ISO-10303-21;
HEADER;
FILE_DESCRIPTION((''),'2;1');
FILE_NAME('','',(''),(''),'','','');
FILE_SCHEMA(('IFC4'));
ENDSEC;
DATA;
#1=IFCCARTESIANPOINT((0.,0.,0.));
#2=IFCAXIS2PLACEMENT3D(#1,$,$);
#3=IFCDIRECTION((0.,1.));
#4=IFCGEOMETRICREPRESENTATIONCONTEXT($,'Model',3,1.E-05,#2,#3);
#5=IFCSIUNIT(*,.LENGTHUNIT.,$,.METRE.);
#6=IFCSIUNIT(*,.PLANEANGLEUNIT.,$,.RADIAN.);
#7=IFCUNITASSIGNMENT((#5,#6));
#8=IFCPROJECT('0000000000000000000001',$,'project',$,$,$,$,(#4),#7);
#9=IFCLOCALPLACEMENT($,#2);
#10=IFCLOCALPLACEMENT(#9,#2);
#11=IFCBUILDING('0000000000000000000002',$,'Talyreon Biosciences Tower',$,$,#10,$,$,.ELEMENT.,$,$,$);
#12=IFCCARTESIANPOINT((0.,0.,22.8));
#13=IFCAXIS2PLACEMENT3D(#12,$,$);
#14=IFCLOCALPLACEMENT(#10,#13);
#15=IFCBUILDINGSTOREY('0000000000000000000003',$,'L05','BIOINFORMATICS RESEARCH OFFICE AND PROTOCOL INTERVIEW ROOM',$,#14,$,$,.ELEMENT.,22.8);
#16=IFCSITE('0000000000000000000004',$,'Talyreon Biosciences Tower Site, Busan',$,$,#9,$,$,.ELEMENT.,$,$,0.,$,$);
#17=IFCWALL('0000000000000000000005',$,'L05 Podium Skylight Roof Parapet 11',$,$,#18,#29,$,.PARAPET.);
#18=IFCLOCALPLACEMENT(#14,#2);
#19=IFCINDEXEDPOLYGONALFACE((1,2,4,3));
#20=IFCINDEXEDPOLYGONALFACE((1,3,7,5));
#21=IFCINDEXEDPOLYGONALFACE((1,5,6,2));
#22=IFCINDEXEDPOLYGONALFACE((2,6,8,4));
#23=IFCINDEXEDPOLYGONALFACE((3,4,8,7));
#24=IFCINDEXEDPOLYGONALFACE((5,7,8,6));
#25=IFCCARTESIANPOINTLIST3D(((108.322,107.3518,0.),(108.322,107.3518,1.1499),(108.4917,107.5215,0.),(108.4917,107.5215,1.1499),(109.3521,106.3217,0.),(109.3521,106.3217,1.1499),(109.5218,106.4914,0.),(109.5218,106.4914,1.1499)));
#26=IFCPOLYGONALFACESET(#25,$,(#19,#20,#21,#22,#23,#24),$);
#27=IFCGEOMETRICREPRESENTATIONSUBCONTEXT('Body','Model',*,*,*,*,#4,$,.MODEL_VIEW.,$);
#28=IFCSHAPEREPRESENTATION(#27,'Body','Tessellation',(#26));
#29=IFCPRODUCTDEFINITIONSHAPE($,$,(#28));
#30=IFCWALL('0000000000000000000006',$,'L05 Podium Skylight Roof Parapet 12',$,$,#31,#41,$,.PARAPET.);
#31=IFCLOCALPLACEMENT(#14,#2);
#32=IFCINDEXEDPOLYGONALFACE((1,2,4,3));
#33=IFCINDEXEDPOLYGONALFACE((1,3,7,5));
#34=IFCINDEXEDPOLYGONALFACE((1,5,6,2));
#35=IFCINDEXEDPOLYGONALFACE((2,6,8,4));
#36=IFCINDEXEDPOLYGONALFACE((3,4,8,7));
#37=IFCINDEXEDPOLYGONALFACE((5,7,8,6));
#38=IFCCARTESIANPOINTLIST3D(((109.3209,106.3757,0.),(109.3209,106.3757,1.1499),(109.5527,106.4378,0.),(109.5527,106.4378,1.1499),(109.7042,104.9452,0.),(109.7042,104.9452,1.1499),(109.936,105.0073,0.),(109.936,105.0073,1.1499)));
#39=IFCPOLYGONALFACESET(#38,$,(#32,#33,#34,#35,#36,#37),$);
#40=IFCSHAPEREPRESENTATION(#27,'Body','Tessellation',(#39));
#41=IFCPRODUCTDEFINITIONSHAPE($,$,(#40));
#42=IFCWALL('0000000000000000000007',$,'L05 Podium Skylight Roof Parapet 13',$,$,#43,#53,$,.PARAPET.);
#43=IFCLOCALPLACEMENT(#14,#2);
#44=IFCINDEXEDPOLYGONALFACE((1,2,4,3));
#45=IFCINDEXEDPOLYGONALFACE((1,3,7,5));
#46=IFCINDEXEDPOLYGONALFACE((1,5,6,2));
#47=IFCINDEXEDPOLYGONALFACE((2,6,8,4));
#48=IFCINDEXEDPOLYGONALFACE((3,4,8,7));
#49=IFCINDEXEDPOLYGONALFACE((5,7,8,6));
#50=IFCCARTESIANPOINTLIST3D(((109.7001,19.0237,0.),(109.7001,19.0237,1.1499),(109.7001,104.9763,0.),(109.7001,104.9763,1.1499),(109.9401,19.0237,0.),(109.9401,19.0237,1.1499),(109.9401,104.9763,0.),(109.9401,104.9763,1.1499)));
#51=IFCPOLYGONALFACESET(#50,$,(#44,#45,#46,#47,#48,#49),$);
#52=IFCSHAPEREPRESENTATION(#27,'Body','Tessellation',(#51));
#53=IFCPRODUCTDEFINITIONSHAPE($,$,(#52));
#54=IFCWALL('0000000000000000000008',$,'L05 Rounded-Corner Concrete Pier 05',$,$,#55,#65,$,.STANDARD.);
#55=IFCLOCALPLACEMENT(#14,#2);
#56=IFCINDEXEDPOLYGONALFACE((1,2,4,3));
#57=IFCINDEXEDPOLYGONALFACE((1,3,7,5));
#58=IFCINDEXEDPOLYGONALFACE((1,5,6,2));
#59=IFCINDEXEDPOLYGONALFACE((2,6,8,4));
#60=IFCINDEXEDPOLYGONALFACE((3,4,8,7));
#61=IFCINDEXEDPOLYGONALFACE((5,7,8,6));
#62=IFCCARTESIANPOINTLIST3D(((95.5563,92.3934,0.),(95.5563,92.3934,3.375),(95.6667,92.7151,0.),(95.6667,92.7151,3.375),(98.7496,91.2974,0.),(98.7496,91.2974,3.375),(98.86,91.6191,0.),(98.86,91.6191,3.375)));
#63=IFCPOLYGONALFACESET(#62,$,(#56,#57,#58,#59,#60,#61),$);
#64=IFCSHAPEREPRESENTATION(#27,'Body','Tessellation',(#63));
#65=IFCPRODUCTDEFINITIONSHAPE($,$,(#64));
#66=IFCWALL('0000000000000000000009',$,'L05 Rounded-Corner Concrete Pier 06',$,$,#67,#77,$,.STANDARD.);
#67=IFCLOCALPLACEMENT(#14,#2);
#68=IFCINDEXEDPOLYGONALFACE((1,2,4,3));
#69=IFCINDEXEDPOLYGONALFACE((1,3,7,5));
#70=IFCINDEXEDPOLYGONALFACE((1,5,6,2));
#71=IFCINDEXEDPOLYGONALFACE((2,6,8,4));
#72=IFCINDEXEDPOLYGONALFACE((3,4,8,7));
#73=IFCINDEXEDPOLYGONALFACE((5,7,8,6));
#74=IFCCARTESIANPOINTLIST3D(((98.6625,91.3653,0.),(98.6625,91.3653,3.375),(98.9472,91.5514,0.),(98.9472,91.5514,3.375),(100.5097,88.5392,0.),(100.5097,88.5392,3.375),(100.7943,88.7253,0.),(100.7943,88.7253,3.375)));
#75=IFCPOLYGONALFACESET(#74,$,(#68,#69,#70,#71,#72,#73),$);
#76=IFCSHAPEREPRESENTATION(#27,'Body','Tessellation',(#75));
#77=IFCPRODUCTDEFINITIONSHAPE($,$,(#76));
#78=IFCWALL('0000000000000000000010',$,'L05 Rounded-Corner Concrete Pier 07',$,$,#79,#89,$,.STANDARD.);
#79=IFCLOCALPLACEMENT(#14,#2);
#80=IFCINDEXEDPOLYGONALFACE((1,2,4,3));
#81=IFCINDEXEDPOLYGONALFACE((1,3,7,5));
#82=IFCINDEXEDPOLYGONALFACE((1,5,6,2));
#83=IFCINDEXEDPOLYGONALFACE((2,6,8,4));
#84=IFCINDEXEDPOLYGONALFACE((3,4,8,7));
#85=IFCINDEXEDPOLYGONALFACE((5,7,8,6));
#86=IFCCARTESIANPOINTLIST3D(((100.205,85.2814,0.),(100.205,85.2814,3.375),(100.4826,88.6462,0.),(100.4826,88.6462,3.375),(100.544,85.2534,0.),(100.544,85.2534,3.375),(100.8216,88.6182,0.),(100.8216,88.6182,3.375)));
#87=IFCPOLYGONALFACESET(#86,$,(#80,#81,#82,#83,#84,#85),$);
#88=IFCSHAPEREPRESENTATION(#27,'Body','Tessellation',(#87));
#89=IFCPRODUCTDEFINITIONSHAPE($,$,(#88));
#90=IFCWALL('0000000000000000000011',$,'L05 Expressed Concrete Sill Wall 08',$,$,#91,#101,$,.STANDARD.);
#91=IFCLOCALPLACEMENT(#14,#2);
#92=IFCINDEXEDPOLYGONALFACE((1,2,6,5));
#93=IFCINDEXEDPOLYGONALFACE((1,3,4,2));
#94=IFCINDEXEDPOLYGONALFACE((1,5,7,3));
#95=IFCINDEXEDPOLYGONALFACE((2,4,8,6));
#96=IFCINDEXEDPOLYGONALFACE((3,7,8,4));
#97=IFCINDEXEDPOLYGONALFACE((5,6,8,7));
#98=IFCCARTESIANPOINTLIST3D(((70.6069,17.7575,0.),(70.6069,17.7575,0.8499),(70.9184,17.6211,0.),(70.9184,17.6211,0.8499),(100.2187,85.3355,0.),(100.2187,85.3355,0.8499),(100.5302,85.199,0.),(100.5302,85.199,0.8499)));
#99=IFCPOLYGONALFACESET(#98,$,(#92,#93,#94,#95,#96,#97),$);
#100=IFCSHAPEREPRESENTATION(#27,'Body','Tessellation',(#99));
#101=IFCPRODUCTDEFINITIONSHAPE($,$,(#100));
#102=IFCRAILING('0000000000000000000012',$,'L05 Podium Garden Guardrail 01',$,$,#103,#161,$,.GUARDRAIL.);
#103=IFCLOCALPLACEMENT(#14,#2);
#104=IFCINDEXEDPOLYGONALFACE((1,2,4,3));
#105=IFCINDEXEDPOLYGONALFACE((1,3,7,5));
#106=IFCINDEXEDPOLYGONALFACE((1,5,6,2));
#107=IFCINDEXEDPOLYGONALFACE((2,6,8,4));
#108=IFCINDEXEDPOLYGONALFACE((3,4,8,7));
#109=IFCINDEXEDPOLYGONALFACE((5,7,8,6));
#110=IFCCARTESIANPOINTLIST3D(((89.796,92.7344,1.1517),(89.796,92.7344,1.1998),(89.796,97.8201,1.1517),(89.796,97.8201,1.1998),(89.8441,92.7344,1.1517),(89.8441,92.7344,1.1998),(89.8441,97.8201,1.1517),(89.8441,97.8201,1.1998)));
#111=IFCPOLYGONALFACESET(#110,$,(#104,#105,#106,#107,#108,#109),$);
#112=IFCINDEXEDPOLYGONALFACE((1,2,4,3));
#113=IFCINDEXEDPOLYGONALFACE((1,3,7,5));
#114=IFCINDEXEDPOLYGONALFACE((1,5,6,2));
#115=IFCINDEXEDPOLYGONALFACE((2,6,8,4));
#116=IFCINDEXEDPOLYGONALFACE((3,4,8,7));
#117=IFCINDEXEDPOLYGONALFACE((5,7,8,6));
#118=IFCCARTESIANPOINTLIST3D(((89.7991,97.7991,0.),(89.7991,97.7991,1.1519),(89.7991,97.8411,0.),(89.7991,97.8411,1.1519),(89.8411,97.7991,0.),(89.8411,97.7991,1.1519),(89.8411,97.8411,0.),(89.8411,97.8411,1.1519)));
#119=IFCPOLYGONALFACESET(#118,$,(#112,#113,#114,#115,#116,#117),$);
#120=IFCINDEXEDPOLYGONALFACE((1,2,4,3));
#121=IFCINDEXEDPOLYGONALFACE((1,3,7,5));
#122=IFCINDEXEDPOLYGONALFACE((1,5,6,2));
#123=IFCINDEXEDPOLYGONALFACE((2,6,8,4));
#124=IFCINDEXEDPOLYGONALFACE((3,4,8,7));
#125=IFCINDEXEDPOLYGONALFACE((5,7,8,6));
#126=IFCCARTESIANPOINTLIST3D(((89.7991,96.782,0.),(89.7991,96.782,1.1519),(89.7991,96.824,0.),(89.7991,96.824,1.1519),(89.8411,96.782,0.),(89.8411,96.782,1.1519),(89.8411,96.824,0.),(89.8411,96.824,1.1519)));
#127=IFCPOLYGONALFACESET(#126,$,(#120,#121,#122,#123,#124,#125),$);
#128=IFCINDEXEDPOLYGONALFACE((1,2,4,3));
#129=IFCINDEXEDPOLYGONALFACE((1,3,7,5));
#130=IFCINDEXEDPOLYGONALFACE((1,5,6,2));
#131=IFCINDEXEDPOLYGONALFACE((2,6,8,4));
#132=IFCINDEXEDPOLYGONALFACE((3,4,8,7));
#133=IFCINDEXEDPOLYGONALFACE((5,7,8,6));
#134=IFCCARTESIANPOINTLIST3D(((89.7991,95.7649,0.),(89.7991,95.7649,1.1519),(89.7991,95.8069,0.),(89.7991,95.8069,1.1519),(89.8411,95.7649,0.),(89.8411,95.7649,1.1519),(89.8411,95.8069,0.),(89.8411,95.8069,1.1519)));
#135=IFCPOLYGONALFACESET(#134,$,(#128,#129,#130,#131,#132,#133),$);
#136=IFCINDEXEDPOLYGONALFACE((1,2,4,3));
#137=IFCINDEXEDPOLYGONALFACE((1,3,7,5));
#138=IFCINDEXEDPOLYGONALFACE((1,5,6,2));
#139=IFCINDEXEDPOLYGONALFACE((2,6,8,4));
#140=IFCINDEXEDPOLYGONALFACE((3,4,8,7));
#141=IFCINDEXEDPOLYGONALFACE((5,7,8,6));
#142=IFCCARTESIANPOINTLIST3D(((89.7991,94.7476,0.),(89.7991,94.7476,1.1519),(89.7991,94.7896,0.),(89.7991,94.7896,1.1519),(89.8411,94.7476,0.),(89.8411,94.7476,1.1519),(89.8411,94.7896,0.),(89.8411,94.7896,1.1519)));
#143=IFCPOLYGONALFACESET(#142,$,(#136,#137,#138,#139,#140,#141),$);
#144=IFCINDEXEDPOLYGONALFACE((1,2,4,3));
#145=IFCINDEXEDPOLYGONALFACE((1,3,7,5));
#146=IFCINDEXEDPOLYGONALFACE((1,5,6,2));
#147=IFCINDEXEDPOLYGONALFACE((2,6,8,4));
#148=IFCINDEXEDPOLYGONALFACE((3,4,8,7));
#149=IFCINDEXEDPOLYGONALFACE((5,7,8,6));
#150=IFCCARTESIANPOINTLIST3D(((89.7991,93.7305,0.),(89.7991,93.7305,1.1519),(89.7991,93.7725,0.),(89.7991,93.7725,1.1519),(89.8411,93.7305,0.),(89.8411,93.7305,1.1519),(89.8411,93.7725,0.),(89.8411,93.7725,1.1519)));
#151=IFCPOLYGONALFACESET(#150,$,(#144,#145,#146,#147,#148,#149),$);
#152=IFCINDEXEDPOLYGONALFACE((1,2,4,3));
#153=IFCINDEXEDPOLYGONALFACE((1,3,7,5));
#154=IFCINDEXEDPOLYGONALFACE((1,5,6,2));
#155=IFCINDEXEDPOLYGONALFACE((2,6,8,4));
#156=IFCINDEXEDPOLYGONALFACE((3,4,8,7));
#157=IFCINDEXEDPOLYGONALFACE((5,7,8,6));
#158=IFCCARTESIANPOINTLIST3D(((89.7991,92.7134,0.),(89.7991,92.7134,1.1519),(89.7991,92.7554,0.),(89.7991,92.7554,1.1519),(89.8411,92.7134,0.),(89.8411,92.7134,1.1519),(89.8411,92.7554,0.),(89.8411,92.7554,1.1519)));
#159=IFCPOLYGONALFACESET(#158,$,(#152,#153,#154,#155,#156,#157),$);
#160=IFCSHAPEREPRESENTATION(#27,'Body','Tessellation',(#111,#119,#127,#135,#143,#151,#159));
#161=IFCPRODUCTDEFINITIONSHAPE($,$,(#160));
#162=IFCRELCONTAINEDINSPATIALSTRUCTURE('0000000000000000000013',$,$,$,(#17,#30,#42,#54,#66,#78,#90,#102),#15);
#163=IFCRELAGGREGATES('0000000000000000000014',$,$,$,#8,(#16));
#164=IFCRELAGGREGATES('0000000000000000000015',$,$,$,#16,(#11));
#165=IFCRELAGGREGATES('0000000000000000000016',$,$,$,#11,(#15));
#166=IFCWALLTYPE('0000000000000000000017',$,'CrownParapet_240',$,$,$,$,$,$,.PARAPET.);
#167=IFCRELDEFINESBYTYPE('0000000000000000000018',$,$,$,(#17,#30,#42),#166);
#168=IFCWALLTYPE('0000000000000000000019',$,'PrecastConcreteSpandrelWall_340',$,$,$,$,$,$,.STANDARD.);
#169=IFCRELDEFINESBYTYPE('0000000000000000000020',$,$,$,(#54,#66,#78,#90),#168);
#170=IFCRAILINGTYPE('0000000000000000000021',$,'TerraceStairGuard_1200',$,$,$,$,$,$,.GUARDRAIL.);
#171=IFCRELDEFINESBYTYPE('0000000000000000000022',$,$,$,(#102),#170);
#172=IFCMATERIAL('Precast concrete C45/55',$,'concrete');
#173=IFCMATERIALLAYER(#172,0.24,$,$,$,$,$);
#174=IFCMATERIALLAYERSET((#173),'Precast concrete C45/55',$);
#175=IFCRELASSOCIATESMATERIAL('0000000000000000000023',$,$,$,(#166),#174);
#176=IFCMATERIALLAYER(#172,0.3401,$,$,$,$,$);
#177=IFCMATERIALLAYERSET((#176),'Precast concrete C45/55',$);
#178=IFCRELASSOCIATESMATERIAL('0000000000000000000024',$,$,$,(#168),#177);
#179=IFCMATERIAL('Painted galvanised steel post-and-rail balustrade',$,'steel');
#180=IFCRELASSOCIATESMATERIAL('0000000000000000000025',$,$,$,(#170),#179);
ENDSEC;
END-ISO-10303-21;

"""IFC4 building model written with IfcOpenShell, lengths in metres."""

from ifc_helpers import new_model, si_unit, direction, frame, frame_2d, origin, origin_2d, place, context, subcontext, project, spatial, rectangle, extrude, material, layer, layer_set, type_object, element, save


model = new_model("IFC4")

# Units and contexts
model_context = context("Model", 3, precision=1e-05, world=origin(), true_north=direction((0.0, 1.0)))
body_context = subcontext(model_context, "Body", "Model", "MODEL_VIEW")
ifc_project = project(units=[si_unit("LENGTHUNIT", "METRE"), si_unit("PLANEANGLEUNIT", "RADIAN")], contexts=[model_context])

# Site, building, storey
site_placement = place(None, origin())
site = spatial("IfcSite", under=ifc_project, at=site_placement, Name="Talyreon Biosciences Tower Site, Busan", CompositionType="ELEMENT", RefElevation=0.0)
building_placement = place(site_placement, origin())
building = spatial("IfcBuilding", under=site, at=building_placement, Name="Talyreon Biosciences Tower", CompositionType="ELEMENT")
storey_placement = place(building_placement, frame((0.0, 0.0, 22.8)))
storey = spatial("IfcBuildingStorey", under=building, at=storey_placement, Name="L05", Description="BIOINFORMATICS RESEARCH OFFICE AND PROTOCOL INTERVIEW ROOM", CompositionType="ELEMENT", Elevation=22.8)

# Shared definitions
ifc_material_1 = material(Name="Precast concrete C45/55", Category="concrete")

# Walls
ifc_layer_1 = layer(ifc_material_1, 0.24)
ifc_layer_set_1 = layer_set([ifc_layer_1], Name="Precast concrete C45/55")
wall_type_1 = type_object("IfcWallType", Name="CrownParapet_240", PredefinedType="PARAPET", material=ifc_layer_set_1)
wall_1_placement = place(storey_placement, frame((108.4067, 107.4368, 0.0), z_axis=(0.0, 0.0, 1.0), x_axis=(0.707107, -0.707107, 0.0)))
element("IfcWall", 1, at=wall_1_placement, inside=storey, type_object=wall_type_1, Name="L05 Podium Skylight Roof Parapet 11", PredefinedType="PARAPET", context=body_context, shape_type="SweptSolid", body=[
    extrude(rectangle(XDim=1.4568, YDim=0.24, at=frame_2d((0.7285, 0.0))), origin(), (0.0, 0.0, 1.0), 1.1499),
])
wall_2_placement = place(storey_placement, frame((109.4368, 106.4067, 0.0), z_axis=(0.0, 0.0, 1.0), x_axis=(0.258832, -0.965922, 0.0)))
element("IfcWall", 2, at=wall_2_placement, inside=storey, type_object=wall_type_1, Name="L05 Podium Skylight Roof Parapet 12", PredefinedType="PARAPET", context=body_context, shape_type="SweptSolid", body=[
    extrude(rectangle(XDim=1.481, YDim=0.24, at=frame_2d((0.7405, 0.0))), origin(), (0.0, 0.0, 1.0), 1.1499),
])
wall_3_placement = place(storey_placement, frame((109.8201, 104.9763, 0.0), z_axis=(0.0, 0.0, 1.0), x_axis=(0.0, -1.0, 0.0)))
element("IfcWall", 3, at=wall_3_placement, inside=storey, type_object=wall_type_1, Name="L05 Podium Skylight Roof Parapet 13", PredefinedType="PARAPET", context=body_context, shape_type="SweptSolid", body=[
    extrude(rectangle(XDim=85.9526, YDim=0.24, at=frame_2d((42.9763, 0.0))), origin(), (0.0, 0.0, 1.0), 1.1499),
])
ifc_layer_2 = layer(ifc_material_1, 0.3401)
ifc_layer_set_2 = layer_set([ifc_layer_2], Name="Precast concrete C45/55")
wall_type_2 = type_object("IfcWallType", Name="PrecastConcreteSpandrelWall_340", PredefinedType="STANDARD", material=ifc_layer_set_2)
for number, where, z_axis, x_axis, name in (
    (4, (95.6116, 92.5542, 0.0), (0.0, 0.0, 1.0), (0.945848, -0.324611, 0.0), "L05 Rounded-Corner Concrete Pier 05"),
    (5, (98.8049, 91.4583, 0.0), (0.0, 0.0, 1.0), (0.547101, -0.837066, 0.0), "L05 Rounded-Corner Concrete Pier 06"),
    (6, (100.6521, 88.6321, 0.0), (0.0, 0.0, 1.0), (-0.08222, -0.996614, 0.0), "L05 Rounded-Corner Concrete Pier 07"),
):
    element("IfcWall", number, at=place(storey_placement, frame(where, z_axis=z_axis, x_axis=x_axis)), inside=storey, type_object=wall_type_2, Name=name, PredefinedType="STANDARD", context=body_context, shape_type="SweptSolid", body=[
        extrude(rectangle(XDim=3.3762, YDim=0.3401, at=frame_2d((1.688, 0.0))), origin(), (0.0, 0.0, 1.0), 3.375),
    ])
wall_4_placement = place(storey_placement, frame((100.3745, 85.2673, 0.0), z_axis=(0.0, 0.0, 1.0), x_axis=(-0.401348, -0.915926, 0.0)))
element("IfcWall", 7, at=wall_4_placement, inside=storey, type_object=wall_type_2, Name="L05 Expressed Concrete Sill Wall 08", PredefinedType="STANDARD", context=body_context, shape_type="SweptSolid", body=[
    extrude(rectangle(XDim=73.781, YDim=0.3401, at=frame_2d((36.8906, 0.0))), origin(), (0.0, 0.0, 1.0), 0.8499),
])

# Railing
ifc_material_2 = material(Name="Painted galvanised steel post-and-rail balustrade", Category="steel")
railing_type = type_object("IfcRailingType", Name="TerraceStairGuard_1200", PredefinedType="GUARDRAIL", material=ifc_material_2)
railing_placement = place(storey_placement, frame((89.8201, 97.8201, 0.0)))
element("IfcRailing", 8, at=railing_placement, inside=storey, type_object=railing_type, Name="L05 Podium Garden Guardrail 01", PredefinedType="GUARDRAIL", context=body_context, shape_type="SweptSolid", body=[
    extrude(rectangle(XDim=0.0481, YDim=0.0481, at=origin_2d()), frame((0.0, 0.0, 1.1758), z_axis=(0.0, -1.0, 0.0), x_axis=(1.0, 0.0, 0.0)), (0.0, 0.0, 1.0), 5.0857),
    extrude(rectangle(XDim=0.042, YDim=0.042, at=origin_2d()), origin(), (0.0, 0.0, 1.0), 1.1519),
    extrude(rectangle(XDim=0.042, YDim=0.042, at=origin_2d()), frame((0.0, -1.0171, 0.0)), (0.0, 0.0, 1.0), 1.1519),
    extrude(rectangle(XDim=0.042, YDim=0.042, at=origin_2d()), frame((0.0, -2.0342, 0.0)), (0.0, 0.0, 1.0), 1.1519),
    extrude(rectangle(XDim=0.042, YDim=0.042, at=origin_2d()), frame((0.0, -3.0515, 0.0)), (0.0, 0.0, 1.0), 1.1519),
    extrude(rectangle(XDim=0.042, YDim=0.042, at=origin_2d()), frame((0.0, -4.0686, 0.0)), (0.0, 0.0, 1.0), 1.1519),
    extrude(rectangle(XDim=0.042, YDim=0.042, at=origin_2d()), frame((0.0, -5.0857, 0.0)), (0.0, 0.0, 1.0), 1.1519),
])

save(model, "model.ifc")
